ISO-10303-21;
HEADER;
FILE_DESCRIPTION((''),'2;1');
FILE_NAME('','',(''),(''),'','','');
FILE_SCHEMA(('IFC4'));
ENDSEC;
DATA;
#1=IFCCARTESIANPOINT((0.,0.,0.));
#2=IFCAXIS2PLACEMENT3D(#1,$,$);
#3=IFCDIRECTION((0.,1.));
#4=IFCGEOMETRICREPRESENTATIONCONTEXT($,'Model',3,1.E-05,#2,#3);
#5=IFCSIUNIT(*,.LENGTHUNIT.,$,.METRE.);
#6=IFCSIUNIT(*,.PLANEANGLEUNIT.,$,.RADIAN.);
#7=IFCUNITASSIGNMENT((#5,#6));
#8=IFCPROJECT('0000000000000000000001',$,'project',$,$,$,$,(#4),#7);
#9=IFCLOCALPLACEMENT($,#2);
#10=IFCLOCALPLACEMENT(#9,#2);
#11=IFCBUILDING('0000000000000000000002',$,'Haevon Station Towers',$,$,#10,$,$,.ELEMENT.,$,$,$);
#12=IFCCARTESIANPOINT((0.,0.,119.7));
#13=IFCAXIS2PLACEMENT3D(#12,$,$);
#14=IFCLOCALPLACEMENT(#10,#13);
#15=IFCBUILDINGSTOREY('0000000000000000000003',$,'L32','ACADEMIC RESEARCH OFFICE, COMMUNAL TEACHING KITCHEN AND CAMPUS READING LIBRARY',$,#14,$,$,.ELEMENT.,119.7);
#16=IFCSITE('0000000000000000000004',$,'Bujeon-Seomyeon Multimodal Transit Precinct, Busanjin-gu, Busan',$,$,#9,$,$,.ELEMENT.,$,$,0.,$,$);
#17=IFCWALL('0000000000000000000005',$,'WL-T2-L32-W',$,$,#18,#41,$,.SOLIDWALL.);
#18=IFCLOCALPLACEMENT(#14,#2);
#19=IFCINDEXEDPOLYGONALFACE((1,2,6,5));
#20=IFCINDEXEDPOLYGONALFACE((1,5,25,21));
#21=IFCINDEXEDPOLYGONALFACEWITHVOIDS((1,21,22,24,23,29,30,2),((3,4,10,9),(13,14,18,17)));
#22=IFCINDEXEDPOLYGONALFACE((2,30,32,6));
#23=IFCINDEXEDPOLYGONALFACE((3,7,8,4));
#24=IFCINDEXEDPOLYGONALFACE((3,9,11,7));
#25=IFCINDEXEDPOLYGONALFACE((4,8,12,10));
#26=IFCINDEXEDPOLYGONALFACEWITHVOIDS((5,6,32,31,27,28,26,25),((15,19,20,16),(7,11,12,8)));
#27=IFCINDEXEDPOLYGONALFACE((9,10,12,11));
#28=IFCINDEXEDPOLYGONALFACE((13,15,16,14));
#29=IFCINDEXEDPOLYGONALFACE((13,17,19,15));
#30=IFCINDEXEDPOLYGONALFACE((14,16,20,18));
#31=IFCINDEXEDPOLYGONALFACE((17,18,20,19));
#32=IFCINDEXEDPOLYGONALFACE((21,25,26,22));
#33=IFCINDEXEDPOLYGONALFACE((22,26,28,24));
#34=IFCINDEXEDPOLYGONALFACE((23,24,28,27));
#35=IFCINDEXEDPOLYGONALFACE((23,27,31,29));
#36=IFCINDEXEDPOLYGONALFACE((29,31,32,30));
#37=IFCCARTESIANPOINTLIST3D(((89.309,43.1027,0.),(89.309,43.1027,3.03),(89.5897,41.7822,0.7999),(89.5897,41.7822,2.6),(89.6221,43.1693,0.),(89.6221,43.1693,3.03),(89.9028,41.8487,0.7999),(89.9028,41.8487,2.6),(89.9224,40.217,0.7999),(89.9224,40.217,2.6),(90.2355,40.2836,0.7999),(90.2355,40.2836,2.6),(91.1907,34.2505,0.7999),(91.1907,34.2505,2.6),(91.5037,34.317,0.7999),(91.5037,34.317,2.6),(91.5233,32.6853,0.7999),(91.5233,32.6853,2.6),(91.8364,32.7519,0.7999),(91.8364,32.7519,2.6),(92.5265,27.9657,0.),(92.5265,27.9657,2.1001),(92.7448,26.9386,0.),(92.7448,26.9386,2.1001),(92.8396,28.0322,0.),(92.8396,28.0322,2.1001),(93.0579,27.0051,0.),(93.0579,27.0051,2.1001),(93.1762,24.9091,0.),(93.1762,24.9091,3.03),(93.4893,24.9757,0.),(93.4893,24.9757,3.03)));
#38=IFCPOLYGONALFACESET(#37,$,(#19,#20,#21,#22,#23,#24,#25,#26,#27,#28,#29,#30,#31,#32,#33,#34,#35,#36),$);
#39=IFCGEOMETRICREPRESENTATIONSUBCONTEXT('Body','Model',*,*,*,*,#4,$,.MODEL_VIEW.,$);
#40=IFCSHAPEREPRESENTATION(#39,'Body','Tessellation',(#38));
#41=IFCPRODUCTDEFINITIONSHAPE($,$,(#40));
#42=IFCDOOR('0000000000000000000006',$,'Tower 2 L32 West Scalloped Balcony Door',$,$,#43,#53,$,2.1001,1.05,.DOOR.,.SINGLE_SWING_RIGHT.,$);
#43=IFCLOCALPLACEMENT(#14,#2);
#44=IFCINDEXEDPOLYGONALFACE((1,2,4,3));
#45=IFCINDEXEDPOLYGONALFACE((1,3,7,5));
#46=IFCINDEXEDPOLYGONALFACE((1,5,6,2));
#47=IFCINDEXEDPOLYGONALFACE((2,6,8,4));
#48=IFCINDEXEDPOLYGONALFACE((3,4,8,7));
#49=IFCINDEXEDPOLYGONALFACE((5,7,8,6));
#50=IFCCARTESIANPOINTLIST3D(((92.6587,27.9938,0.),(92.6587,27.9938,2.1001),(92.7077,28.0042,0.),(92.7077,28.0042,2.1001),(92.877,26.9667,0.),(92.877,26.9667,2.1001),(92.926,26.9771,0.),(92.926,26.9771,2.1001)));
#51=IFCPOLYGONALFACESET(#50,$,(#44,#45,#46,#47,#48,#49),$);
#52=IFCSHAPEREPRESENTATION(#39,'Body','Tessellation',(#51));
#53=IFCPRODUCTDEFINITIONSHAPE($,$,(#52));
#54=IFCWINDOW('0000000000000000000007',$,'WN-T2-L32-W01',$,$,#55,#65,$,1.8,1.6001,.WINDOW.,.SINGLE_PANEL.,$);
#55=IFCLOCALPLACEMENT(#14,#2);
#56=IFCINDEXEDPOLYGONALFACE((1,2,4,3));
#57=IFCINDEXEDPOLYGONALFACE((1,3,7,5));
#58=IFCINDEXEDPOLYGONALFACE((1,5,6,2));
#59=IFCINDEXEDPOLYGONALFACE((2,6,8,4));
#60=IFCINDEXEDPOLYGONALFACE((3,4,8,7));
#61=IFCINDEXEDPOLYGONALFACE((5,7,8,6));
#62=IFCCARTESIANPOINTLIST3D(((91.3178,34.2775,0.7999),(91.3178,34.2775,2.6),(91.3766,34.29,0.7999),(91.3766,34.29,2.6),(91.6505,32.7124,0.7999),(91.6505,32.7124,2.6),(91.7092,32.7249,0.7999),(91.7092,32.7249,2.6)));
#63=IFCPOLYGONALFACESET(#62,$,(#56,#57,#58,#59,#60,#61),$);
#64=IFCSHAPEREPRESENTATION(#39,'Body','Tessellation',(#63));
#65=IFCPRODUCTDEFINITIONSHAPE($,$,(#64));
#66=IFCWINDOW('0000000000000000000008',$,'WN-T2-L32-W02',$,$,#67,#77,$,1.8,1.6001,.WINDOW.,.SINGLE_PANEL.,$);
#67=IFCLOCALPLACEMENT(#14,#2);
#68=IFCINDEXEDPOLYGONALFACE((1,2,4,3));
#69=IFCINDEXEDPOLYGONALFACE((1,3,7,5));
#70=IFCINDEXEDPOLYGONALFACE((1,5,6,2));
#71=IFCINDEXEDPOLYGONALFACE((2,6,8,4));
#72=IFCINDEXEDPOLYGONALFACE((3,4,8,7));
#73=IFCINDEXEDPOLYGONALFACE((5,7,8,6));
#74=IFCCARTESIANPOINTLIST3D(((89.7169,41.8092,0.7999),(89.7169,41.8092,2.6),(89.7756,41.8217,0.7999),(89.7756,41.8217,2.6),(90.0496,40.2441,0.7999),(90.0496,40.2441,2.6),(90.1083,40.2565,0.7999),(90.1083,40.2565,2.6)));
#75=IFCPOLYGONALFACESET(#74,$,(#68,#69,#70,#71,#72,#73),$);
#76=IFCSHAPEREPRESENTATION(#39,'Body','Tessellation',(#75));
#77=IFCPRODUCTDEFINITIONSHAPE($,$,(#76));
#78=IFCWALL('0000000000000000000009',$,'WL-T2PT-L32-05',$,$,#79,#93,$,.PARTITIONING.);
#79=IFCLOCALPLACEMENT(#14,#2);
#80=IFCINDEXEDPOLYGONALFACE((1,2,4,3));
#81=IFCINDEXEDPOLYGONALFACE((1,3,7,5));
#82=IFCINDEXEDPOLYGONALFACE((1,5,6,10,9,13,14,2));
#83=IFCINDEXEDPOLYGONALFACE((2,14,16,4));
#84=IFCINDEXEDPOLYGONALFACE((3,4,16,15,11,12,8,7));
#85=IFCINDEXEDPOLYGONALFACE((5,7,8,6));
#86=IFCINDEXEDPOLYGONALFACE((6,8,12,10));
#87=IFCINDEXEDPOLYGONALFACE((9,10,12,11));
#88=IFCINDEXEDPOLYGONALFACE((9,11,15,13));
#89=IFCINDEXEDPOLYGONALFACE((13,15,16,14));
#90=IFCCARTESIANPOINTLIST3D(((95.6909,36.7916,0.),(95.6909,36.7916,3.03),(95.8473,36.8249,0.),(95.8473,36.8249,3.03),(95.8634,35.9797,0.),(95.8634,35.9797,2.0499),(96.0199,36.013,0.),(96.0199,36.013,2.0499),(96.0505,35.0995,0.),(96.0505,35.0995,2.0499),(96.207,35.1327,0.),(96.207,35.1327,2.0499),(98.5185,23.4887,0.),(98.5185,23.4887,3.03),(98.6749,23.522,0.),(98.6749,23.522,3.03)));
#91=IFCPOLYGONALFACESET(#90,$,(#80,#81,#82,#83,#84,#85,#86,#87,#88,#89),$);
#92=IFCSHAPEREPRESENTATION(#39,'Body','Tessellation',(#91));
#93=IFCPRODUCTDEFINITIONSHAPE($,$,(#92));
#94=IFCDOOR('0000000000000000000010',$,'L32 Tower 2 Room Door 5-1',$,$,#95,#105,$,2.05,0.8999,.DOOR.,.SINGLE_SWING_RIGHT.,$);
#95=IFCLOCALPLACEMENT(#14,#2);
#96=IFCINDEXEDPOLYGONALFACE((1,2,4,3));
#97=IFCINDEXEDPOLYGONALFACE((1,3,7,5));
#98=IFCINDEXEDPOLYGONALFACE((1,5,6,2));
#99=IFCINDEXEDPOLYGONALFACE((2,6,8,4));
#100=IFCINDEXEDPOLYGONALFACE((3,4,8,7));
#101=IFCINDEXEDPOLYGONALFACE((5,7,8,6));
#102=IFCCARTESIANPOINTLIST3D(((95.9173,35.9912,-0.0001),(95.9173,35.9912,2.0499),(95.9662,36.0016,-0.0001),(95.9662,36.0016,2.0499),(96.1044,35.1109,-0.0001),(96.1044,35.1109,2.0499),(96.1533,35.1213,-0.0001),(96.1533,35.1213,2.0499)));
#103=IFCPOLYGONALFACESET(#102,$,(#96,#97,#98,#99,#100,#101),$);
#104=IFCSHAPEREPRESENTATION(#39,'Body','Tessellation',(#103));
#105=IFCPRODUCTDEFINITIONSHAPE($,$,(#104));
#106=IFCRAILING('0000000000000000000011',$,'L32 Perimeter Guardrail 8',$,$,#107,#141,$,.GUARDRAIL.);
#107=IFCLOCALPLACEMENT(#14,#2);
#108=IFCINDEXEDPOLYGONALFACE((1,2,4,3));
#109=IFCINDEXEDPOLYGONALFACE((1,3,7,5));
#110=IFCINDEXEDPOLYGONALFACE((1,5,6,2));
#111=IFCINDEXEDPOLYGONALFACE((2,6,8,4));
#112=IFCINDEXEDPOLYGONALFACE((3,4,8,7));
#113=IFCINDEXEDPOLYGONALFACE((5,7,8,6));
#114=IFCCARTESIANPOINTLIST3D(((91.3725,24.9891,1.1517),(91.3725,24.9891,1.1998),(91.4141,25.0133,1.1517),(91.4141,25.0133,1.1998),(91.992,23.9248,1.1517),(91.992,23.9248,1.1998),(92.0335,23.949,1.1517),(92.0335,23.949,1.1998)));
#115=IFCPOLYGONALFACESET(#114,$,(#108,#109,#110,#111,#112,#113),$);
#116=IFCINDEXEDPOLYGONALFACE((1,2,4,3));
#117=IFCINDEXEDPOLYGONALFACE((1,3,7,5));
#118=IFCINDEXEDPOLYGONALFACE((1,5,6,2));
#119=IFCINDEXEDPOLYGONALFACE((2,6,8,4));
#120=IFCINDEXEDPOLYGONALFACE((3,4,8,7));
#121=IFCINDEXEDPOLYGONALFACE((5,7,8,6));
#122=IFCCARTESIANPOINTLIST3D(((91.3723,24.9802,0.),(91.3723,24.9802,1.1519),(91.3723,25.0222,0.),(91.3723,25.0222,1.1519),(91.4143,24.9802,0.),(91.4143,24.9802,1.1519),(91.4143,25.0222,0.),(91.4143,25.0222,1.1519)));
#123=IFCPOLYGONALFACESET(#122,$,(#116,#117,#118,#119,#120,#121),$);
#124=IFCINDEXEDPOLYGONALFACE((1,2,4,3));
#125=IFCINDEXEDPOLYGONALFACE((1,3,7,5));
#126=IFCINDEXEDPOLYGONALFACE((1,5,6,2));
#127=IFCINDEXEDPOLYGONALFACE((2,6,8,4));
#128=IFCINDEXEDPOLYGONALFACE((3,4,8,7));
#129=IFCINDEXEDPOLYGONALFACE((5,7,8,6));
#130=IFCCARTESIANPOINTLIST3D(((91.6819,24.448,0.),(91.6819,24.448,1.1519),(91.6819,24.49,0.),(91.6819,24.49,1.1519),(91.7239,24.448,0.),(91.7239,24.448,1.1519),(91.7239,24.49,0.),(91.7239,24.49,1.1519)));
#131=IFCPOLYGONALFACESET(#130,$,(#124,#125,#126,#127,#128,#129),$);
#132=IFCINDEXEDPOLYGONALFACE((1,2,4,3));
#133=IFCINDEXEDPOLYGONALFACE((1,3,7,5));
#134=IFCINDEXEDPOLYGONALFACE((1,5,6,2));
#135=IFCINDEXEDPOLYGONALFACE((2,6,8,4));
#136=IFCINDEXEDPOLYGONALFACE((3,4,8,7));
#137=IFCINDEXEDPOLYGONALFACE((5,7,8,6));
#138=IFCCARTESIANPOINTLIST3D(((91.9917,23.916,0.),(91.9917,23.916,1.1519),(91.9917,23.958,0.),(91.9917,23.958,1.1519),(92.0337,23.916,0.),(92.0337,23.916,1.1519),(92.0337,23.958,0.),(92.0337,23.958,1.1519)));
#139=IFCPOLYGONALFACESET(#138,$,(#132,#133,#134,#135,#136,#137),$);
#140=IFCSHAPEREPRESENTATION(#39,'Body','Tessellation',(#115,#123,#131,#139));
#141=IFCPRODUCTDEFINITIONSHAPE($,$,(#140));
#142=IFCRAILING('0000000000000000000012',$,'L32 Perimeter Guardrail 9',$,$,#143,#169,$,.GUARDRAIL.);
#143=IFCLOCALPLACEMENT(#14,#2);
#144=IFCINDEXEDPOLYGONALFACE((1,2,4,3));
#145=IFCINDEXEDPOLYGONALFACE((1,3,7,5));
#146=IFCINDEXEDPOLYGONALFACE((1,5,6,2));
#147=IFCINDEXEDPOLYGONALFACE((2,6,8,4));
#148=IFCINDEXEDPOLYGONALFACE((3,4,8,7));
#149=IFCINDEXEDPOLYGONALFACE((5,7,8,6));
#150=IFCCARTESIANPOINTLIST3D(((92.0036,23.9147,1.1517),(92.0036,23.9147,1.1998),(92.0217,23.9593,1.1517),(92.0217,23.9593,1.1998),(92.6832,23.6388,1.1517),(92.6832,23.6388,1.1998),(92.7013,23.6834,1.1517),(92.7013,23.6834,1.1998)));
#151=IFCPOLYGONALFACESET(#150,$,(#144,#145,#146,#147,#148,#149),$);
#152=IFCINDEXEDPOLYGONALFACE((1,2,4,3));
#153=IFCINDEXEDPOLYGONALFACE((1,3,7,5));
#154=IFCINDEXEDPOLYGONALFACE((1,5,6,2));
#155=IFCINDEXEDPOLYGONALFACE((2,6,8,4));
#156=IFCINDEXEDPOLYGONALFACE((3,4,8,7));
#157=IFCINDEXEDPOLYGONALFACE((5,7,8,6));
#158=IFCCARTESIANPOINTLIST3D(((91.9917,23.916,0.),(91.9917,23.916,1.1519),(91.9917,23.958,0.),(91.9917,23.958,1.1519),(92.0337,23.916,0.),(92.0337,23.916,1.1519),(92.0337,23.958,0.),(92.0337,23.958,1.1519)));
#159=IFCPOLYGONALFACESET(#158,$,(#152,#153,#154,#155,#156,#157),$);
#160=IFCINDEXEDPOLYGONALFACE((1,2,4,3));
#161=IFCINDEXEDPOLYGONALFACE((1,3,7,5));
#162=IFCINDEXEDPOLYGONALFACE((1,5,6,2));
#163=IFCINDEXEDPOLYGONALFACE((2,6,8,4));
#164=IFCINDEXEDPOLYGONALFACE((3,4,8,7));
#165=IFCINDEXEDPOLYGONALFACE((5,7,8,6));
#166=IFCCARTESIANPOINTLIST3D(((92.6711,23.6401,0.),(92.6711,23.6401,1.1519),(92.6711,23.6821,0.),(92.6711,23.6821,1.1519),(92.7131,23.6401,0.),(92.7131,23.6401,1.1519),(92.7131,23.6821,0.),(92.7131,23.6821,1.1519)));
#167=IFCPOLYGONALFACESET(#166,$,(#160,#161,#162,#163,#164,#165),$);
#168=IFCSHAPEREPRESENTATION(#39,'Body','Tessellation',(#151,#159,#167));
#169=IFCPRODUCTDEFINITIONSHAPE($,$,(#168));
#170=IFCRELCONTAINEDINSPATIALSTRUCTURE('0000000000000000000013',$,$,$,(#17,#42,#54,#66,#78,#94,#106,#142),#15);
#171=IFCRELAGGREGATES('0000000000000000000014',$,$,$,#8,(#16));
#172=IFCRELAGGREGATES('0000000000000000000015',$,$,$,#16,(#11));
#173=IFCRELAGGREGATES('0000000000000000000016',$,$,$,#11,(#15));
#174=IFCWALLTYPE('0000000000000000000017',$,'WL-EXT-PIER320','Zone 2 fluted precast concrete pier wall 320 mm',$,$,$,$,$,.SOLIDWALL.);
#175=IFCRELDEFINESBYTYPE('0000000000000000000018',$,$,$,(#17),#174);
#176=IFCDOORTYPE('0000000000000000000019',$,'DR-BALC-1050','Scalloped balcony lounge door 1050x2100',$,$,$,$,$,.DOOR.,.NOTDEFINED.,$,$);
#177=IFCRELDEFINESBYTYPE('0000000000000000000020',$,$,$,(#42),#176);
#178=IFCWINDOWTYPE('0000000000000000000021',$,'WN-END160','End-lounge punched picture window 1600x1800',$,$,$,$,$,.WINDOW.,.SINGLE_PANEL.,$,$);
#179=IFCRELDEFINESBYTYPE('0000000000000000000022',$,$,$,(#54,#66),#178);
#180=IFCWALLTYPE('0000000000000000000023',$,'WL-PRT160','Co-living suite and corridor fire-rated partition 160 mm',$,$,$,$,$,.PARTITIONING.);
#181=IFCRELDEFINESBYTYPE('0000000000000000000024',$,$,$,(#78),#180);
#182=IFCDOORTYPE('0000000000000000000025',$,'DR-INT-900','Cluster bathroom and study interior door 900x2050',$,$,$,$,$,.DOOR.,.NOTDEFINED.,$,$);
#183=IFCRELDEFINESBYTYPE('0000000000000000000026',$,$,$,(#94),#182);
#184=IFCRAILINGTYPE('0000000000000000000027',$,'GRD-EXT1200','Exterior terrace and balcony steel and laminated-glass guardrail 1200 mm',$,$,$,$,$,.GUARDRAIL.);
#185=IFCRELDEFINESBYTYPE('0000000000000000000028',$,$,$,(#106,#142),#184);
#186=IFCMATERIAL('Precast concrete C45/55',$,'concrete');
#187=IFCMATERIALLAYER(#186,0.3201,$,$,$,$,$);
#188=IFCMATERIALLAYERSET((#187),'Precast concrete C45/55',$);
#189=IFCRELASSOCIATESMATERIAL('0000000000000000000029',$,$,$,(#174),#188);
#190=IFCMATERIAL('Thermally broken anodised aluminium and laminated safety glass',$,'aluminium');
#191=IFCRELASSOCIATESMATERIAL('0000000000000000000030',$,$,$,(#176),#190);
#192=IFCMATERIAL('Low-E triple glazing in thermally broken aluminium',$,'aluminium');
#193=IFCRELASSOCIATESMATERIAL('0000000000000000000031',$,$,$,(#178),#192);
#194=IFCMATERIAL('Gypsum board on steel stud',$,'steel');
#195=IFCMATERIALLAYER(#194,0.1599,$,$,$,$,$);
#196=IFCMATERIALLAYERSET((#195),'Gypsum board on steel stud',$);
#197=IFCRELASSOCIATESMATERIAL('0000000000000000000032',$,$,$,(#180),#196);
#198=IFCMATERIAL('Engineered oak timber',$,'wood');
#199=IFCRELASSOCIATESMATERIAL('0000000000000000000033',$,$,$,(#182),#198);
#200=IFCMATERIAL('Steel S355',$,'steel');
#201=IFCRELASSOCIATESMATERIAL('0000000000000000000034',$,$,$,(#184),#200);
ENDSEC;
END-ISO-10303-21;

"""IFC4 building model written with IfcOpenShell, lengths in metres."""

from ifc_helpers import new_model, si_unit, direction, frame, frame_2d, origin, origin_2d, place, context, subcontext, project, spatial, rectangle, extrude, material, layer, layer_set, type_object, element, fill, save


model = new_model("IFC4")

# Units and contexts
model_context = context("Model", 3, precision=1e-05, world=origin(), true_north=direction((0.0, 1.0)))
body_context = subcontext(model_context, "Body", "Model", "MODEL_VIEW")
ifc_project = project(units=[si_unit("LENGTHUNIT", "METRE"), si_unit("PLANEANGLEUNIT", "RADIAN")], contexts=[model_context])

# Site, building, storey
site_placement = place(None, origin())
site = spatial("IfcSite", under=ifc_project, at=site_placement, Name="Bujeon-Seomyeon Multimodal Transit Precinct, Busanjin-gu, Busan", CompositionType="ELEMENT", RefElevation=0.0)
building_placement = place(site_placement, origin())
building = spatial("IfcBuilding", under=site, at=building_placement, Name="Haevon Station Towers", CompositionType="ELEMENT")
storey_placement = place(building_placement, frame((0.0, 0.0, 119.7)))
storey = spatial("IfcBuildingStorey", under=building, at=storey_placement, Name="L32", Description="ACADEMIC RESEARCH OFFICE, COMMUNAL TEACHING KITCHEN AND CAMPUS READING LIBRARY", CompositionType="ELEMENT", Elevation=119.7)

# Shared definitions
ifc_material_1 = material(Name="Steel S355", Category="steel")

# Shared definitions
ifc_material_2 = material(Name="Precast concrete C45/55", Category="concrete")
ifc_layer_1 = layer(ifc_material_2, 0.3201)
ifc_layer_set_1 = layer_set([ifc_layer_1], Name="Precast concrete C45/55")
wall_type_1 = type_object("IfcWallType", Name="WL-EXT-PIER320", Description="Zone 2 fluted precast concrete pier wall 320 mm", PredefinedType="SOLIDWALL", material=ifc_layer_set_1)

# Wall, openings, door, windows
wall_1_placement = place(storey_placement, frame((93.3328, 24.9424, 0.0), z_axis=(0.0, 0.0, 1.0), x_axis=(-0.207913, 0.978147, 0.0)))
wall_1 = element("IfcWall", 1, at=wall_1_placement, inside=storey, type_object=wall_type_1, Name="WL-T2-L32-W", PredefinedType="SOLIDWALL", context=body_context, shape_type="SweptSolid", body=[
    extrude(rectangle(XDim=18.6001, YDim=0.3201, at=frame_2d((9.3, 0.0))), origin(), (0.0, 0.0, 1.0), 3.03),
])
opening_1_placement = place(wall_1_placement, frame((2.075, 0.0, 0.0)))
opening_1 = element("IfcOpeningElement", 2, at=opening_1_placement, cuts=wall_1, PredefinedType="OPENING", context=body_context, shape_type="SweptSolid", body=[
    extrude(rectangle(XDim=1.05, YDim=2.1001, at=frame_2d((0.5249, 1.05))), frame((0.0, 0.1699, 0.0), z_axis=(0.0, -1.0, 0.0), x_axis=(1.0, 0.0, 0.0)), (0.0, 0.0, 1.0), 0.3401),
])
opening_2_placement = place(wall_1_placement, frame((7.95, 0.0, 0.8)))
opening_2 = element("IfcOpeningElement", 3, at=opening_2_placement, cuts=wall_1, PredefinedType="OPENING", context=body_context, shape_type="SweptSolid", body=[
    extrude(rectangle(XDim=1.6001, YDim=1.8, at=frame_2d((0.8, 0.8999))), frame((0.0, 0.1699, 0.0), z_axis=(0.0, -1.0, 0.0), x_axis=(1.0, 0.0, 0.0)), (0.0, 0.0, 1.0), 0.3401),
])
opening_3_placement = place(wall_1_placement, frame((15.6499, 0.0, 0.8)))
opening_3 = element("IfcOpeningElement", 4, at=opening_3_placement, cuts=wall_1, PredefinedType="OPENING", context=body_context, shape_type="SweptSolid", body=[
    extrude(rectangle(XDim=1.6001, YDim=1.8, at=frame_2d((0.8, 0.8999))), frame((0.0, 0.1699, 0.0), z_axis=(0.0, -1.0, 0.0), x_axis=(1.0, 0.0, 0.0)), (0.0, 0.0, 1.0), 0.3401),
])
ifc_material_3 = material(Name="Thermally broken anodised aluminium and laminated safety glass", Category="aluminium")
door_type_1 = type_object("IfcDoorType", Name="DR-BALC-1050", Description="Scalloped balcony lounge door 1050x2100", OperationType="NOTDEFINED", PredefinedType="DOOR", material=ifc_material_3)
door_1_placement = place(opening_1_placement, origin())
door_1 = element("IfcDoor", 5, at=door_1_placement, inside=storey, type_object=door_type_1, Name="Tower 2 L32 West Scalloped Balcony Door", OperationType="SINGLE_SWING_RIGHT", OverallHeight=2.1001, OverallWidth=1.05, PredefinedType="DOOR", context=body_context, shape_type="SweptSolid", body=[
    extrude(rectangle(XDim=1.05, YDim=2.1001, at=frame_2d((0.5249, 1.05))), frame((0.0, 0.0249, 0.0), z_axis=(0.0, -1.0, 0.0), x_axis=(1.0, 0.0, 0.0)), (0.0, 0.0, 1.0), 0.05),
])
fill(opening_1, door_1)
ifc_material_4 = material(Name="Low-E triple glazing in thermally broken aluminium", Category="aluminium")
window_type = type_object("IfcWindowType", Name="WN-END160", Description="End-lounge punched picture window 1600x1800", PartitioningType="SINGLE_PANEL", PredefinedType="WINDOW", material=ifc_material_4)
window_1_placement = place(opening_2_placement, origin())
window_1 = element("IfcWindow", 6, at=window_1_placement, inside=storey, type_object=window_type, Name="WN-T2-L32-W01", OverallHeight=1.8, OverallWidth=1.6001, PartitioningType="SINGLE_PANEL", PredefinedType="WINDOW", context=body_context, shape_type="SweptSolid", body=[
    extrude(rectangle(XDim=1.6001, YDim=1.8, at=frame_2d((0.8, 0.8999))), frame((0.0, 0.03, 0.0), z_axis=(0.0, -1.0, 0.0), x_axis=(1.0, 0.0, 0.0)), (0.0, 0.0, 1.0), 0.0601),
])
fill(opening_2, window_1)
window_2_placement = place(opening_3_placement, origin())
window_2 = element("IfcWindow", 7, at=window_2_placement, inside=storey, type_object=window_type, Name="WN-T2-L32-W02", OverallHeight=1.8, OverallWidth=1.6001, PartitioningType="SINGLE_PANEL", PredefinedType="WINDOW", context=body_context, shape_type="SweptSolid", body=[
    extrude(rectangle(XDim=1.6001, YDim=1.8, at=frame_2d((0.8, 0.8999))), frame((0.0, 0.03, 0.0), z_axis=(0.0, -1.0, 0.0), x_axis=(1.0, 0.0, 0.0)), (0.0, 0.0, 1.0), 0.0601),
])
fill(opening_3, window_2)

# Wall, opening, door
ifc_material_5 = material(Name="Gypsum board on steel stud", Category="steel")
ifc_layer_2 = layer(ifc_material_5, 0.1599)
ifc_layer_set_2 = layer_set([ifc_layer_2], Name="Gypsum board on steel stud")
wall_type_2 = type_object("IfcWallType", Name="WL-PRT160", Description="Co-living suite and corridor fire-rated partition 160 mm", PredefinedType="PARTITIONING", material=ifc_layer_set_2)
wall_2_placement = place(storey_placement, frame((98.5967, 23.5054, 0.0), z_axis=(0.0, 0.0, 1.0), x_axis=(-0.207912, 0.978148, 0.0)))
wall_2 = element("IfcWall", 8, at=wall_2_placement, inside=storey, type_object=wall_type_2, Name="WL-T2PT-L32-05", PredefinedType="PARTITIONING", context=body_context, shape_type="SweptSolid", body=[
    extrude(rectangle(XDim=13.6001, YDim=0.1599, at=frame_2d((6.8, 0.0))), origin(), (0.0, 0.0, 1.0), 3.03),
])
opening_4_placement = place(wall_2_placement, frame((11.8701, 0.0, 0.0)))
opening_4 = element("IfcOpeningElement", 9, at=opening_4_placement, cuts=wall_2, PredefinedType="OPENING", context=body_context, shape_type="SweptSolid", body=[
    extrude(rectangle(XDim=0.8999, YDim=2.05, at=frame_2d((0.45, 1.0249))), frame((0.0, 0.0898, 0.0), z_axis=(0.0, -1.0, 0.0), x_axis=(1.0, 0.0, 0.0)), (0.0, 0.0, 1.0), 0.1799),
])
ifc_material_6 = material(Name="Engineered oak timber", Category="wood")
door_type_2 = type_object("IfcDoorType", Name="DR-INT-900", Description="Cluster bathroom and study interior door 900x2050", OperationType="NOTDEFINED", PredefinedType="DOOR", material=ifc_material_6)
door_2_placement = place(opening_4_placement, origin())
door_2 = element("IfcDoor", 10, at=door_2_placement, inside=storey, type_object=door_type_2, Name="L32 Tower 2 Room Door 5-1", OperationType="SINGLE_SWING_RIGHT", OverallHeight=2.05, OverallWidth=0.8999, PredefinedType="DOOR", context=body_context, shape_type="SweptSolid", body=[
    extrude(rectangle(XDim=0.8999, YDim=2.05, at=frame_2d((0.45, 1.0249))), frame((0.0, 0.0249, 0.0), z_axis=(0.0, -1.0, 0.0), x_axis=(1.0, 0.0, 0.0)), (0.0, 0.0, 1.0), 0.05),
])
fill(opening_4, door_2)

# Railings
railing_type = type_object("IfcRailingType", Name="GRD-EXT1200", Description="Exterior terrace and balcony steel and laminated-glass guardrail 1200 mm", PredefinedType="GUARDRAIL", material=ifc_material_1)
railing_1_placement = place(storey_placement, frame((91.3933, 25.0012, 0.0)))
element("IfcRailing", 11, at=railing_1_placement, inside=storey, type_object=railing_type, Name="L32 Perimeter Guardrail 8", PredefinedType="GUARDRAIL", context=body_context, shape_type="SweptSolid", body=[
    extrude(rectangle(XDim=0.0481, YDim=0.0481, at=origin_2d()), frame((0.0, 0.0, 1.1758), z_axis=(0.50302, -0.864275, 0.0), x_axis=(0.864275, 0.50302, 0.0)), (0.0, 0.0, 1.0), 1.2314),
    extrude(rectangle(XDim=0.042, YDim=0.042, at=origin_2d()), origin(), (0.0, 0.0, 1.0), 1.1519),
    extrude(rectangle(XDim=0.042, YDim=0.042, at=origin_2d()), frame((0.3096, -0.5322, 0.0)), (0.0, 0.0, 1.0), 1.1519),
    extrude(rectangle(XDim=0.042, YDim=0.042, at=origin_2d()), frame((0.6194, -1.0642, 0.0)), (0.0, 0.0, 1.0), 1.1519),
])
railing_2_placement = place(storey_placement, frame((92.0127, 23.937, 0.0)))
element("IfcRailing", 12, at=railing_2_placement, inside=storey, type_object=railing_type, Name="L32 Perimeter Guardrail 9", PredefinedType="GUARDRAIL", context=body_context, shape_type="SweptSolid", body=[
    extrude(rectangle(XDim=0.0481, YDim=0.0481, at=origin_2d()), frame((0.0, 0.0, 1.1758), z_axis=(0.926535, -0.376207, 0.0), x_axis=(0.376207, 0.926535, 0.0)), (0.0, 0.0, 1.0), 0.7334),
    extrude(rectangle(XDim=0.042, YDim=0.042, at=origin_2d()), origin(), (0.0, 0.0, 1.0), 1.1519),
    extrude(rectangle(XDim=0.042, YDim=0.042, at=origin_2d()), frame((0.6794, -0.2759, 0.0)), (0.0, 0.0, 1.0), 1.1519),
])

save(model, "model.ifc")
